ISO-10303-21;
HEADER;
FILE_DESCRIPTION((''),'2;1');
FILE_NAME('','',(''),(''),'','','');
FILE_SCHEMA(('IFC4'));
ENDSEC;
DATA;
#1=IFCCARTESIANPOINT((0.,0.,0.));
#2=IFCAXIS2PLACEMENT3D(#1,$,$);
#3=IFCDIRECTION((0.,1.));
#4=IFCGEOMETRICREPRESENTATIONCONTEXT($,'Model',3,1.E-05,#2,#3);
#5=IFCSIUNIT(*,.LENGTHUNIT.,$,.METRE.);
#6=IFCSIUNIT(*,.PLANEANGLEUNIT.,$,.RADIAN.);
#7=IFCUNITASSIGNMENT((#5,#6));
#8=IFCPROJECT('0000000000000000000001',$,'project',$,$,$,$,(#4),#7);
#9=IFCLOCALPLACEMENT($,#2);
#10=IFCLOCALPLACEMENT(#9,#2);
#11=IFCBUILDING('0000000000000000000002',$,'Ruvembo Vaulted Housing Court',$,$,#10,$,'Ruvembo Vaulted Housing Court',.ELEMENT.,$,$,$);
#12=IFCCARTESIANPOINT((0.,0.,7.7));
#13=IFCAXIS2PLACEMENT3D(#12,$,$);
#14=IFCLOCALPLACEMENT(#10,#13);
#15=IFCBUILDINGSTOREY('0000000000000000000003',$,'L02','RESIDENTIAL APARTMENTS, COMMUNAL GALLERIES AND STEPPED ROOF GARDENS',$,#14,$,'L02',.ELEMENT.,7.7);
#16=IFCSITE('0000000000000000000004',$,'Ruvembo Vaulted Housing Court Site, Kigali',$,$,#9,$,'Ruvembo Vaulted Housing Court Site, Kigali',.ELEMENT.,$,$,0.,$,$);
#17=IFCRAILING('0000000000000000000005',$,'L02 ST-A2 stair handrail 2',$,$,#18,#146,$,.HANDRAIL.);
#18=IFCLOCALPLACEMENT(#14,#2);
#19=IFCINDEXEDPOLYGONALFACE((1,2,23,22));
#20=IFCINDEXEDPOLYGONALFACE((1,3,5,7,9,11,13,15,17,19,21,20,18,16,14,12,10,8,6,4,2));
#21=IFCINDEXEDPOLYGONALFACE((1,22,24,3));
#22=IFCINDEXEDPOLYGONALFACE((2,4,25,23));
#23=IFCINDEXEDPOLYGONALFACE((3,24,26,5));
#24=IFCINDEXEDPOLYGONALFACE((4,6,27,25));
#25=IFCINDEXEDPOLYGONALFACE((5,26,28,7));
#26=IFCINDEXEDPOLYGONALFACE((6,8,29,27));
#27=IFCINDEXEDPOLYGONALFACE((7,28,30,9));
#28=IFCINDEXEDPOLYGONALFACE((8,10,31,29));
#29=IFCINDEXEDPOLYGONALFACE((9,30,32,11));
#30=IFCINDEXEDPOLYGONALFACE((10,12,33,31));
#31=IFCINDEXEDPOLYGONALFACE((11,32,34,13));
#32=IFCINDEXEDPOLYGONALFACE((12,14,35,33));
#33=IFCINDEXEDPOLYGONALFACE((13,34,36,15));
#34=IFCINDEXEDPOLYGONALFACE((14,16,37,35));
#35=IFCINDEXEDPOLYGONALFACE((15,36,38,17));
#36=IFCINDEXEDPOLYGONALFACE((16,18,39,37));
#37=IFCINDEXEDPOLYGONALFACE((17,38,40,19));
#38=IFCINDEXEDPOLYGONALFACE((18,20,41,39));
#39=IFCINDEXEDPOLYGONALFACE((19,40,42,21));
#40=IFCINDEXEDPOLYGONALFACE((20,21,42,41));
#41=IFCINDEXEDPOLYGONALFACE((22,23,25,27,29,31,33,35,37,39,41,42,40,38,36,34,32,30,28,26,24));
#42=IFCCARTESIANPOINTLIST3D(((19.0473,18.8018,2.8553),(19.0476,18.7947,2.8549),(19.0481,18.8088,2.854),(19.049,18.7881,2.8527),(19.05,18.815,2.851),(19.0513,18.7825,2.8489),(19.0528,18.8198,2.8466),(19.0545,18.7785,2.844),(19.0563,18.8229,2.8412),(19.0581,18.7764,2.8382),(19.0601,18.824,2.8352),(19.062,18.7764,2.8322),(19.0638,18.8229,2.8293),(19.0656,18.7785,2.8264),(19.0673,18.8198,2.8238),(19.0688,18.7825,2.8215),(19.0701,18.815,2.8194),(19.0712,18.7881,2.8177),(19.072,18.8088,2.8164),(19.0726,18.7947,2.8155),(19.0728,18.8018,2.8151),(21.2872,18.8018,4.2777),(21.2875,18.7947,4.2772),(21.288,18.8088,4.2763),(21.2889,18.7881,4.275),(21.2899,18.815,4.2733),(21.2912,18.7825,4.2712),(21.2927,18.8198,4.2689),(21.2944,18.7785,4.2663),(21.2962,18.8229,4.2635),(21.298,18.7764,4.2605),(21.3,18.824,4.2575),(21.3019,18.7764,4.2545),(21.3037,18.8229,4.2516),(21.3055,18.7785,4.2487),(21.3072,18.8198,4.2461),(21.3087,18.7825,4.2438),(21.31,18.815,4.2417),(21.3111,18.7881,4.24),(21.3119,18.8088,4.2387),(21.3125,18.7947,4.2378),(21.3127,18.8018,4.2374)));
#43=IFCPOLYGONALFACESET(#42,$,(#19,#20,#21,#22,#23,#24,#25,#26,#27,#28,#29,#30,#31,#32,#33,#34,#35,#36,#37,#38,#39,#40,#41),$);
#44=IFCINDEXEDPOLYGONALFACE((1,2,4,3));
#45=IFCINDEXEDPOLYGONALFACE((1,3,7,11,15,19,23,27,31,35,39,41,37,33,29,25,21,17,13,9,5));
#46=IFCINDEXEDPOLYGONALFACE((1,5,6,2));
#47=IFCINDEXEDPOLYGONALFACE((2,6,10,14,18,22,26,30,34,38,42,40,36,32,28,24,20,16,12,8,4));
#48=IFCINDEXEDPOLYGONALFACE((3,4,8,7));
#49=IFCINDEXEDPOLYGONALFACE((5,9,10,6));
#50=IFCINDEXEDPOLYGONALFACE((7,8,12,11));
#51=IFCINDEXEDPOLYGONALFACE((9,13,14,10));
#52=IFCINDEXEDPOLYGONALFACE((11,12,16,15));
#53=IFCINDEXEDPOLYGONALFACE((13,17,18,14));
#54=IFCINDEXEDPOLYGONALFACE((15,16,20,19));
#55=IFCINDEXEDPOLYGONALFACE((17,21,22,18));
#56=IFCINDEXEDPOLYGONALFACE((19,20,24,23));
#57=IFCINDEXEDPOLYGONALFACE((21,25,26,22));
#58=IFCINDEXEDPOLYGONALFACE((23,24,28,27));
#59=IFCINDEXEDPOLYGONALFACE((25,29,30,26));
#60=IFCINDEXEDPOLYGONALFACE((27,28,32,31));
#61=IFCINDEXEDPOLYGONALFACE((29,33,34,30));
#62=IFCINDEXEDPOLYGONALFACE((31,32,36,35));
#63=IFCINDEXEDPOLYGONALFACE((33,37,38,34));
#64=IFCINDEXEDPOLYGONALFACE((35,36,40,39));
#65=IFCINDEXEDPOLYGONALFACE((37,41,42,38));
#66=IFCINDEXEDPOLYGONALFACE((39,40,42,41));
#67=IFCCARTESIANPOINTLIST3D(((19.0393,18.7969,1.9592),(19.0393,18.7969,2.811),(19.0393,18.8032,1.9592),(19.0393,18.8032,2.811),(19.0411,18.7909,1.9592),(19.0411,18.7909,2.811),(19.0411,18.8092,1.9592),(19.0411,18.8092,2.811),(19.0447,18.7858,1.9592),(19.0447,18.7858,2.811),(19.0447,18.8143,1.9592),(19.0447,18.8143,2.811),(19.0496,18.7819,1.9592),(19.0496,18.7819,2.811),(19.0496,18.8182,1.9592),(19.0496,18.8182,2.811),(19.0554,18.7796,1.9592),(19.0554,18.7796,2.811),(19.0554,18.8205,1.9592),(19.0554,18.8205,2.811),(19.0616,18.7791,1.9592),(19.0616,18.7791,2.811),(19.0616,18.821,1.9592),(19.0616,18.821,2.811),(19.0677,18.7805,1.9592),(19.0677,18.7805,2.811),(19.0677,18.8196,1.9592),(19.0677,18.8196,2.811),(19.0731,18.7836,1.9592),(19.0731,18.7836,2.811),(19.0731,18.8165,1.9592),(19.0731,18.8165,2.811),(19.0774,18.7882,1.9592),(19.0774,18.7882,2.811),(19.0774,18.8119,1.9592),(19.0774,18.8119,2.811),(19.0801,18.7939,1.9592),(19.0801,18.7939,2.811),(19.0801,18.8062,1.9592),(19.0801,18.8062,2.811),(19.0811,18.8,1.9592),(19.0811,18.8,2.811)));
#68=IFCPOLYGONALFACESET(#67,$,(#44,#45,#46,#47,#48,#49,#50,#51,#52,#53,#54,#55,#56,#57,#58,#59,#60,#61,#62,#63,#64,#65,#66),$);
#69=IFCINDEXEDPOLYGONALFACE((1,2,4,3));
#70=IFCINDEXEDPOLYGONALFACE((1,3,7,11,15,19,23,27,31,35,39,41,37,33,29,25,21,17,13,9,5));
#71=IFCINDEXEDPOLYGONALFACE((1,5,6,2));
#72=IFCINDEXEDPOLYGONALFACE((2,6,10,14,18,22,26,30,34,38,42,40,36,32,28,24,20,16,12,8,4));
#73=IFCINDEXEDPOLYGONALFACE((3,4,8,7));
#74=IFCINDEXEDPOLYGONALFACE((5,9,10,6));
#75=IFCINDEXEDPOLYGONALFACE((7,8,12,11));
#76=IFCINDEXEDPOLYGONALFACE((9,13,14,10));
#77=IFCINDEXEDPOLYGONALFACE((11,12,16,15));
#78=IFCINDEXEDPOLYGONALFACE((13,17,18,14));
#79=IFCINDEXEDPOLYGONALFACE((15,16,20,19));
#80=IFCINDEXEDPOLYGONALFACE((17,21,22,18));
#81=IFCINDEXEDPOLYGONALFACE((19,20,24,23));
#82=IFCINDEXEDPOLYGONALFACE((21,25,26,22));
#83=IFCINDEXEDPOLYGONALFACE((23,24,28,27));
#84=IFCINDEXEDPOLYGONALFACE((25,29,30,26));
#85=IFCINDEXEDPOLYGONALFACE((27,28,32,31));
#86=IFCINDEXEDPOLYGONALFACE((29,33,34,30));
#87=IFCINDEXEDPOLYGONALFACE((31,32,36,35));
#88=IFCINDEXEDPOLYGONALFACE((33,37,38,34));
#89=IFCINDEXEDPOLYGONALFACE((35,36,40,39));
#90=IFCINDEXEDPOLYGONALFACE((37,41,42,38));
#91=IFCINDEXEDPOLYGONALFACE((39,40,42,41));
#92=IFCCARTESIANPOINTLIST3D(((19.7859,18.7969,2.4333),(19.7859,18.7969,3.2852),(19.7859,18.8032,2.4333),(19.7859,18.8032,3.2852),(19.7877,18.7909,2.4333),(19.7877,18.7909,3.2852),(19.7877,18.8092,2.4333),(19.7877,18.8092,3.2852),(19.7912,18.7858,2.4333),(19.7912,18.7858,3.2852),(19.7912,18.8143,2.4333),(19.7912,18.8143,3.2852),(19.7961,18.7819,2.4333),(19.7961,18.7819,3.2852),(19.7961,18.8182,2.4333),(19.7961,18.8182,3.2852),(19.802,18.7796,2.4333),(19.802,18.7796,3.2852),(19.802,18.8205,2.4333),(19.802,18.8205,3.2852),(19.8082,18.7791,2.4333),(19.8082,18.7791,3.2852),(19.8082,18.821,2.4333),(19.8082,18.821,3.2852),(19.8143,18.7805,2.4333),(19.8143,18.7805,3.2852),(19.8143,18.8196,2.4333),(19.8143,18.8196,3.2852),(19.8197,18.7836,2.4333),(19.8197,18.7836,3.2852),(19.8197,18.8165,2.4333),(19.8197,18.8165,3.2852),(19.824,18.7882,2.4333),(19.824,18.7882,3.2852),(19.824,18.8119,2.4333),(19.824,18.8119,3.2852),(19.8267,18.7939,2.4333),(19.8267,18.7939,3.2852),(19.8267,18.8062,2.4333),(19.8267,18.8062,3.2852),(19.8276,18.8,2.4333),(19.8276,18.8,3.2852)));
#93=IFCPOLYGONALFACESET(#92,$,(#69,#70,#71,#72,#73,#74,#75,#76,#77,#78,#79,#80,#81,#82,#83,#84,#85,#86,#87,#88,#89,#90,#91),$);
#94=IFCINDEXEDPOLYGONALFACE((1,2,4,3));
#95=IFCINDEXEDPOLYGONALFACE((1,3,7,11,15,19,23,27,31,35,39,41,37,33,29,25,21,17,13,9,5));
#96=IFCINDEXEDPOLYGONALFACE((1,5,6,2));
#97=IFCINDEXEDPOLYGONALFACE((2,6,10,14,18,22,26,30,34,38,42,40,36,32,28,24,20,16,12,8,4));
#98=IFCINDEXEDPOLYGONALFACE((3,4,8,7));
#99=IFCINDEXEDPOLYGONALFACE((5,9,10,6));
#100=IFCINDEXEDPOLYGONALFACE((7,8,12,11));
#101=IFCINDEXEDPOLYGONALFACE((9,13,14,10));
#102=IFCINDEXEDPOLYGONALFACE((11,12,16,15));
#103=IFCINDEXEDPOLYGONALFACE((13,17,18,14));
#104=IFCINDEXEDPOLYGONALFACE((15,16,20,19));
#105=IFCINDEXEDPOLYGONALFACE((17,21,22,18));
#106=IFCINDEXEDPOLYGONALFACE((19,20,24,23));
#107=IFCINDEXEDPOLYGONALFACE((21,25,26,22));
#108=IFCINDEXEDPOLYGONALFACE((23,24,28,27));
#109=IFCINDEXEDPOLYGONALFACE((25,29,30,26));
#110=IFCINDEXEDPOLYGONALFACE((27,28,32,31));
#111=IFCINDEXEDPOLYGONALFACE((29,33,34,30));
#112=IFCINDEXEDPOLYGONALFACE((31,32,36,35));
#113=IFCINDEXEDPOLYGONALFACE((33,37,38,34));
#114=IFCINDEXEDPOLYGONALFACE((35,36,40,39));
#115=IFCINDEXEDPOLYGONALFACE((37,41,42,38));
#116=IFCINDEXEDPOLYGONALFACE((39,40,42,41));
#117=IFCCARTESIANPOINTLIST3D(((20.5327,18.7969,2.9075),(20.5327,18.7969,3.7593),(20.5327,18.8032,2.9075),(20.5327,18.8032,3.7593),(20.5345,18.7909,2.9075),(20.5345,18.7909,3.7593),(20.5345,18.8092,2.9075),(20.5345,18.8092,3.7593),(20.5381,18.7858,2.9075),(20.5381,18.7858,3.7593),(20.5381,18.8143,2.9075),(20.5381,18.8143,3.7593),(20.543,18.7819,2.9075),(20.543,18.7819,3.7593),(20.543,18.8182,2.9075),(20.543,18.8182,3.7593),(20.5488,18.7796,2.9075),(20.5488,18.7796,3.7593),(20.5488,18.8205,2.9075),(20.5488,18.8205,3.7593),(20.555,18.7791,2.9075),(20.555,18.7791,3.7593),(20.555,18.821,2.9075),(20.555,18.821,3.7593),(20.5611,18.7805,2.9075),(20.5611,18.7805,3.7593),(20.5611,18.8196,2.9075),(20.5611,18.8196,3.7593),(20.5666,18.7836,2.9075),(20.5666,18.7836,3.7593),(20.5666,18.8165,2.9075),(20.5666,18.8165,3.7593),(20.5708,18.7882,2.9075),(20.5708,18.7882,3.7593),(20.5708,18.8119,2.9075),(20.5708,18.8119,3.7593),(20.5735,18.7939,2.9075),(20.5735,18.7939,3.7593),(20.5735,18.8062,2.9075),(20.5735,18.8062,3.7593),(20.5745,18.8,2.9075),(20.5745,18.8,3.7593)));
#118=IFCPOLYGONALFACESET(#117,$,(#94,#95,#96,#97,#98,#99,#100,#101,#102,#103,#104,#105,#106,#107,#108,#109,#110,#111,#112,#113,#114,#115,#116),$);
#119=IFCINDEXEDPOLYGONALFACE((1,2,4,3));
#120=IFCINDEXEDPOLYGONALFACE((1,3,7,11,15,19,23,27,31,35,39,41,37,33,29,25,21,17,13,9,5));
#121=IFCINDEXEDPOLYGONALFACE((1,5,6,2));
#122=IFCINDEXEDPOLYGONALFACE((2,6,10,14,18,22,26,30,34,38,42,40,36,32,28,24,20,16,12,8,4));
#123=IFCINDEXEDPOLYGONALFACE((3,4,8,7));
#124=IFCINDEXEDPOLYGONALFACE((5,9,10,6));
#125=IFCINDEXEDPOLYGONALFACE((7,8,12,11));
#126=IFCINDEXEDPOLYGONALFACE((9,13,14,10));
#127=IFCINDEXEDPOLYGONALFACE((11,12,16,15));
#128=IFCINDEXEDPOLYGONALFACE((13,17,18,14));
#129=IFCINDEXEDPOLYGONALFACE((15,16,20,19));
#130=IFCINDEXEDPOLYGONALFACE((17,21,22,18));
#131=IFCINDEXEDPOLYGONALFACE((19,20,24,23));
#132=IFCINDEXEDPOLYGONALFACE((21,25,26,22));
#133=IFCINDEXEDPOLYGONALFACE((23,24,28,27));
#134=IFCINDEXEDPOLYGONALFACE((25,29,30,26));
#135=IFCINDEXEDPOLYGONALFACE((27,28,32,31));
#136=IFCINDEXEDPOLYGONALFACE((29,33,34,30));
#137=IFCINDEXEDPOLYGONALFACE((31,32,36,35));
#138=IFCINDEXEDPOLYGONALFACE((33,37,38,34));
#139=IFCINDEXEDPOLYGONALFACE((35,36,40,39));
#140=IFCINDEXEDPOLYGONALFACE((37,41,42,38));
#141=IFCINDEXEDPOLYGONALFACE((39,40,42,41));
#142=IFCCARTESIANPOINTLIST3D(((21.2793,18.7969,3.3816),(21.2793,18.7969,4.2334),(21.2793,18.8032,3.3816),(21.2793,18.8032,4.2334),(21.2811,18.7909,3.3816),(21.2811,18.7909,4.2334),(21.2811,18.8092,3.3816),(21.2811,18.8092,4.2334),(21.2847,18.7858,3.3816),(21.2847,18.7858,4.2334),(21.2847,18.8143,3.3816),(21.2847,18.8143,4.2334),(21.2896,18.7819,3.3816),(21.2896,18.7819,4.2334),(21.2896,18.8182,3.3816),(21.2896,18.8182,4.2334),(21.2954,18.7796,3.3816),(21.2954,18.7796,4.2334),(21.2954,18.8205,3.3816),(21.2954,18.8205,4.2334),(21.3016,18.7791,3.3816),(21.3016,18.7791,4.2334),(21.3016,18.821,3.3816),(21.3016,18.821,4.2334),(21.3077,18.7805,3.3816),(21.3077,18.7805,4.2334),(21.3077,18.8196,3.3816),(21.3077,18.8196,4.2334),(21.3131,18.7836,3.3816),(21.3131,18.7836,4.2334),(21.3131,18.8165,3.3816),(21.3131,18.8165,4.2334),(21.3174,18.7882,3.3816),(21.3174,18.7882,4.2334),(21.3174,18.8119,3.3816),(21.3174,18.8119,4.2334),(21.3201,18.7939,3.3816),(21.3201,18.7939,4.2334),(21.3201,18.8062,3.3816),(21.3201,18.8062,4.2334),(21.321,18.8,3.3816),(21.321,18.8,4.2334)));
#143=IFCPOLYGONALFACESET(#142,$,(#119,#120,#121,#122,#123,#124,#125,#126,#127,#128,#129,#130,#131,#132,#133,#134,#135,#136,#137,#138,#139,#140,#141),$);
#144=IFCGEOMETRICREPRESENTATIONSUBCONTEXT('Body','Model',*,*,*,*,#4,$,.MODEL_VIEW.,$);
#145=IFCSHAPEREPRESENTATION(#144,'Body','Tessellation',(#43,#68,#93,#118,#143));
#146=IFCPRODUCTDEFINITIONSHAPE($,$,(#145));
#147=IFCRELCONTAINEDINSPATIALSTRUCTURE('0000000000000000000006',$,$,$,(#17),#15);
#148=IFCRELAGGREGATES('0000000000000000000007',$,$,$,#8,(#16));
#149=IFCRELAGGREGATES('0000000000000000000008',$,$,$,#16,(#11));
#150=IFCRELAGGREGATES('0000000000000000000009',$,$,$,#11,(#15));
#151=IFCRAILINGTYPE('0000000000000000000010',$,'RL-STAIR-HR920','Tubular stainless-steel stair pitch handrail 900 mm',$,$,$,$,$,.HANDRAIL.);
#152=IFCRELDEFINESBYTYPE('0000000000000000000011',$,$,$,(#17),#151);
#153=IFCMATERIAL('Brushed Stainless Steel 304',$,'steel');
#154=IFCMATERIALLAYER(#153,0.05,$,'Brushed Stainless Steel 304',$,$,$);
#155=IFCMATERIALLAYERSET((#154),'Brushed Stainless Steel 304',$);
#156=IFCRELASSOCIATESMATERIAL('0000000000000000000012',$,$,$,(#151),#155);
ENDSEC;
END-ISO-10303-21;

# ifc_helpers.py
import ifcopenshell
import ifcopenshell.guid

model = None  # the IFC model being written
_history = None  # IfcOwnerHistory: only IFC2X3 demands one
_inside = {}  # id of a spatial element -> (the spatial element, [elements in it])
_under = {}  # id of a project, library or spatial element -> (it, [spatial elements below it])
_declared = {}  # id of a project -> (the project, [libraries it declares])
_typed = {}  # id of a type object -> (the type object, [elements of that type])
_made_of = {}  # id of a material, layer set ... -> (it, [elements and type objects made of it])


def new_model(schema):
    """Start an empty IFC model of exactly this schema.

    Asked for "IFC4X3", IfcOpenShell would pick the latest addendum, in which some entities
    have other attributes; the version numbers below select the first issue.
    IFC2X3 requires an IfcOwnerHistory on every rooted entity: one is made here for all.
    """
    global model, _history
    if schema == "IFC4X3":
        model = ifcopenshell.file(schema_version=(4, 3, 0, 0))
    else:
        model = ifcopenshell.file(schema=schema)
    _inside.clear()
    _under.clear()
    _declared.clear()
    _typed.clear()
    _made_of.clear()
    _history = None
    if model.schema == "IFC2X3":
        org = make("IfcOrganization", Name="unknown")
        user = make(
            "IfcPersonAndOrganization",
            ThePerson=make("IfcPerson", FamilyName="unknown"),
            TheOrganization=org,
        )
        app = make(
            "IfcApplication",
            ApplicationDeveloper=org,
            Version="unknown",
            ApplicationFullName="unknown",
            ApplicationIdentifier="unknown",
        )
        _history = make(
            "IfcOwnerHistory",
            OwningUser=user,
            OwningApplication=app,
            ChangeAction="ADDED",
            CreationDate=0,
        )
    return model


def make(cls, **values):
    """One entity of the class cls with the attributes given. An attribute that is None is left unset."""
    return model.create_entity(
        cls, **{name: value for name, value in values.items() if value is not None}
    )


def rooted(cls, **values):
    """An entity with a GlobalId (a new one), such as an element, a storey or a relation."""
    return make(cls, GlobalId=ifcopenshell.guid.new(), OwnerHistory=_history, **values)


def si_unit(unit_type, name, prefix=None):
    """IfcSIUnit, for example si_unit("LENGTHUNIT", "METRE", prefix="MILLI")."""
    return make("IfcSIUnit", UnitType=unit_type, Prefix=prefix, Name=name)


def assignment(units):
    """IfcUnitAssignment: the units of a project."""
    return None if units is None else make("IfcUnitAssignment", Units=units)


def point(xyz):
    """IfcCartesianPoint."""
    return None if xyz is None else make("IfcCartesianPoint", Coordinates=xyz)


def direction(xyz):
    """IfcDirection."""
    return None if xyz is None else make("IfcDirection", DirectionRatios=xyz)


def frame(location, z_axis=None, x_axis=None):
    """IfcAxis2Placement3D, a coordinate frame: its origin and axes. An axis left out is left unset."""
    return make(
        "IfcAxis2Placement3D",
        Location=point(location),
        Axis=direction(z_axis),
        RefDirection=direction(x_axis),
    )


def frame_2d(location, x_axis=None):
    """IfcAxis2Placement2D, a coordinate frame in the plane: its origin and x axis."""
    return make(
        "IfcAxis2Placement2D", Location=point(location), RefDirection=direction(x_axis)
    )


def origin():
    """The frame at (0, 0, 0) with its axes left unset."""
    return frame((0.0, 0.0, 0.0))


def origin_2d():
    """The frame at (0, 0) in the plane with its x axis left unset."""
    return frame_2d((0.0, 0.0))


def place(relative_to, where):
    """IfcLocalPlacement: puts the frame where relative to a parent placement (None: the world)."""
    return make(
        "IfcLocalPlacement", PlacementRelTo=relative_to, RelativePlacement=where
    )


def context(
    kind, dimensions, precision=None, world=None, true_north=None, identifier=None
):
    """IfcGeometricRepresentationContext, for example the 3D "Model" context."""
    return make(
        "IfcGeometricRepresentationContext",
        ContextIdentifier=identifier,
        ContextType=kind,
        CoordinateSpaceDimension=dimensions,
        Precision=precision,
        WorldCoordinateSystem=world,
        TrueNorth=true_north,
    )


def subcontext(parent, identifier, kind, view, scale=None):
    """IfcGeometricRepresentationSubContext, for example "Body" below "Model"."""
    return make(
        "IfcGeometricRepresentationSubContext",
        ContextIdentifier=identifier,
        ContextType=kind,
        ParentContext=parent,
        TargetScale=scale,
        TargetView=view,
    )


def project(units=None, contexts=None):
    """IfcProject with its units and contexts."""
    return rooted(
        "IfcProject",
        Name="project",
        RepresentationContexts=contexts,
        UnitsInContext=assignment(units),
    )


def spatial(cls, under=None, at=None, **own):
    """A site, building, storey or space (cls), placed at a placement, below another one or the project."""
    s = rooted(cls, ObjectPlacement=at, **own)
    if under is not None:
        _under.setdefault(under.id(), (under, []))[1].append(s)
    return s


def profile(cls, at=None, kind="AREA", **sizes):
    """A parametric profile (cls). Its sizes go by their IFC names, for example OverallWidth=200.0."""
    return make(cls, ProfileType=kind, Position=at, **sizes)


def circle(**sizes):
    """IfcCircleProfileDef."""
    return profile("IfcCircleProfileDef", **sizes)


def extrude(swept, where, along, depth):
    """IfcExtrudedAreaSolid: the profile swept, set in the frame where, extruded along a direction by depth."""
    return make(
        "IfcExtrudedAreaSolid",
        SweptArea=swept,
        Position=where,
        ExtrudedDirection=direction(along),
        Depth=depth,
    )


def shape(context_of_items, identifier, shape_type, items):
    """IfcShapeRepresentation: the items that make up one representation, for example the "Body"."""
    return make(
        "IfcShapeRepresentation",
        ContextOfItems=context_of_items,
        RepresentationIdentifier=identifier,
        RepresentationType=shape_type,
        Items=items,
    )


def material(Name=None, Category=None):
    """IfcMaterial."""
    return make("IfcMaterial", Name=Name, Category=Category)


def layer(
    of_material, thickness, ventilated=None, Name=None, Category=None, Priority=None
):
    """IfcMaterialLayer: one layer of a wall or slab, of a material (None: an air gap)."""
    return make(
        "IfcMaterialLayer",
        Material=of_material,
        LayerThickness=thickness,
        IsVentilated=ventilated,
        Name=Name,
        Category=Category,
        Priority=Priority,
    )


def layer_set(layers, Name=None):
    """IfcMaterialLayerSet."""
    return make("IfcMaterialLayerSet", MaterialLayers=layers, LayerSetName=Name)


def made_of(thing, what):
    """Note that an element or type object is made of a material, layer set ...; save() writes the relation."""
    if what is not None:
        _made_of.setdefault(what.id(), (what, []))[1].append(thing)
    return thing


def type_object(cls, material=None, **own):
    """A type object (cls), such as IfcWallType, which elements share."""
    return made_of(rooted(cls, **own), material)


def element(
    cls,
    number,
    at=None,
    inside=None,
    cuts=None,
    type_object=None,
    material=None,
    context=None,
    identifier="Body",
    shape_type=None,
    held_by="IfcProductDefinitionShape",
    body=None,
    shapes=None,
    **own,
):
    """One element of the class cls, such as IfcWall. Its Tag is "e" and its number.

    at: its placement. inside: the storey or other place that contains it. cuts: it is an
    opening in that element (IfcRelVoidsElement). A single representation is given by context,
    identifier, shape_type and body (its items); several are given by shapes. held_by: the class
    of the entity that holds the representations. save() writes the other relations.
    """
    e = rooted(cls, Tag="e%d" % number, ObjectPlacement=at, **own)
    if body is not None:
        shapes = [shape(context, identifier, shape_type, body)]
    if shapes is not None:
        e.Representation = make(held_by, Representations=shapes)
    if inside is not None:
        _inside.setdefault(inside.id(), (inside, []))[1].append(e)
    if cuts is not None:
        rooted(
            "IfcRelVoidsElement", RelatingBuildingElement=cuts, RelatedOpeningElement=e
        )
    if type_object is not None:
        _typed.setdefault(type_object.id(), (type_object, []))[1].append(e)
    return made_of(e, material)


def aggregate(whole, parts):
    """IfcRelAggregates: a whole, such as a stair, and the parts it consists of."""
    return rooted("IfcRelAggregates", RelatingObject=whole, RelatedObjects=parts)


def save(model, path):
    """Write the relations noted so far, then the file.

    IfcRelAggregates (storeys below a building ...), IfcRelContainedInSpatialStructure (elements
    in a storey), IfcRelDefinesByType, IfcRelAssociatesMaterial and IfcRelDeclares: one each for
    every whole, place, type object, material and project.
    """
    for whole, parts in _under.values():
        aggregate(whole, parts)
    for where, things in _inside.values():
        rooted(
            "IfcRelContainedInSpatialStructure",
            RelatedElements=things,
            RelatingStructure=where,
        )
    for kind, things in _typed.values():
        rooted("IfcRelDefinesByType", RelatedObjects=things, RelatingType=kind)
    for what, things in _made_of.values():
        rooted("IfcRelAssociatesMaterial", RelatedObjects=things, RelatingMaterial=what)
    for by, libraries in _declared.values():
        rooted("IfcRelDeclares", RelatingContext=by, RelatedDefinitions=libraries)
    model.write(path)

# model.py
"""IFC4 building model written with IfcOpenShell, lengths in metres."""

from ifc_helpers import new_model, si_unit, direction, frame, origin, origin_2d, place, context, subcontext, project, spatial, circle, extrude, material, layer, layer_set, type_object, element, save


model = new_model("IFC4")

# Units and contexts
model_context = context("Model", 3, precision=1e-05, world=origin(), true_north=direction((0.0, 1.0)))
body_context = subcontext(model_context, "Body", "Model", "MODEL_VIEW")
ifc_project = project(units=[si_unit("LENGTHUNIT", "METRE"), si_unit("PLANEANGLEUNIT", "RADIAN")], contexts=[model_context])

# Site, building, storey
site_placement = place(None, origin())
site = spatial("IfcSite", under=ifc_project, at=site_placement, Name="Ruvembo Vaulted Housing Court Site, Kigali", LongName="Ruvembo Vaulted Housing Court Site, Kigali", CompositionType="ELEMENT", RefElevation=0.0)
building_placement = place(site_placement, origin())
building = spatial("IfcBuilding", under=site, at=building_placement, Name="Ruvembo Vaulted Housing Court", LongName="Ruvembo Vaulted Housing Court", CompositionType="ELEMENT")
storey_placement = place(building_placement, frame((0.0, 0.0, 7.7)))
storey = spatial("IfcBuildingStorey", under=building, at=storey_placement, Name="L02", Description="RESIDENTIAL APARTMENTS, COMMUNAL GALLERIES AND STEPPED ROOF GARDENS", LongName="L02", CompositionType="ELEMENT", Elevation=7.7)

# Shared definitions
ifc_material_1 = material(Name="Brushed Stainless Steel 304", Category="steel")

# Railing
ifc_layer_1 = layer(ifc_material_1, 0.05, Name="Brushed Stainless Steel 304")
ifc_layer_set_1 = layer_set([ifc_layer_1], Name="Brushed Stainless Steel 304")
railing_type_1 = type_object("IfcRailingType", Name="RL-STAIR-HR920", Description="Tubular stainless-steel stair pitch handrail 900 mm", PredefinedType="HANDRAIL", material=ifc_layer_set_1)
railing_1_placement = place(storey_placement, frame((19.0601, 18.8, 1.9592)))
element("IfcRailing", 1, at=railing_1_placement, inside=storey, type_object=railing_type_1, Name="L02 ST-A2 stair handrail 2", PredefinedType="HANDRAIL", context=body_context, shape_type="SweptSolid", body=[
    extrude(circle(Radius=0.0239, at=origin_2d()), frame((0.0, 0.0, 0.876), z_axis=(0.844188, 0.0, 0.536048), x_axis=(0.0, 1.0, 0.0)), (0.0, 0.0, 1.0), 2.6533),
    extrude(circle(Radius=0.021, at=origin_2d()), origin(), (0.0, 0.0, 1.0), 0.8518),
    extrude(circle(Radius=0.021, at=origin_2d()), frame((0.7466, 0.0, 0.4741)), (0.0, 0.0, 1.0), 0.8518),
    extrude(circle(Radius=0.021, at=origin_2d()), frame((1.4934, 0.0, 0.9482)), (0.0, 0.0, 1.0), 0.8518),
    extrude(circle(Radius=0.021, at=origin_2d()), frame((2.24, 0.0, 1.4224)), (0.0, 0.0, 1.0), 0.8518),
])

save(model, "model.ifc")
